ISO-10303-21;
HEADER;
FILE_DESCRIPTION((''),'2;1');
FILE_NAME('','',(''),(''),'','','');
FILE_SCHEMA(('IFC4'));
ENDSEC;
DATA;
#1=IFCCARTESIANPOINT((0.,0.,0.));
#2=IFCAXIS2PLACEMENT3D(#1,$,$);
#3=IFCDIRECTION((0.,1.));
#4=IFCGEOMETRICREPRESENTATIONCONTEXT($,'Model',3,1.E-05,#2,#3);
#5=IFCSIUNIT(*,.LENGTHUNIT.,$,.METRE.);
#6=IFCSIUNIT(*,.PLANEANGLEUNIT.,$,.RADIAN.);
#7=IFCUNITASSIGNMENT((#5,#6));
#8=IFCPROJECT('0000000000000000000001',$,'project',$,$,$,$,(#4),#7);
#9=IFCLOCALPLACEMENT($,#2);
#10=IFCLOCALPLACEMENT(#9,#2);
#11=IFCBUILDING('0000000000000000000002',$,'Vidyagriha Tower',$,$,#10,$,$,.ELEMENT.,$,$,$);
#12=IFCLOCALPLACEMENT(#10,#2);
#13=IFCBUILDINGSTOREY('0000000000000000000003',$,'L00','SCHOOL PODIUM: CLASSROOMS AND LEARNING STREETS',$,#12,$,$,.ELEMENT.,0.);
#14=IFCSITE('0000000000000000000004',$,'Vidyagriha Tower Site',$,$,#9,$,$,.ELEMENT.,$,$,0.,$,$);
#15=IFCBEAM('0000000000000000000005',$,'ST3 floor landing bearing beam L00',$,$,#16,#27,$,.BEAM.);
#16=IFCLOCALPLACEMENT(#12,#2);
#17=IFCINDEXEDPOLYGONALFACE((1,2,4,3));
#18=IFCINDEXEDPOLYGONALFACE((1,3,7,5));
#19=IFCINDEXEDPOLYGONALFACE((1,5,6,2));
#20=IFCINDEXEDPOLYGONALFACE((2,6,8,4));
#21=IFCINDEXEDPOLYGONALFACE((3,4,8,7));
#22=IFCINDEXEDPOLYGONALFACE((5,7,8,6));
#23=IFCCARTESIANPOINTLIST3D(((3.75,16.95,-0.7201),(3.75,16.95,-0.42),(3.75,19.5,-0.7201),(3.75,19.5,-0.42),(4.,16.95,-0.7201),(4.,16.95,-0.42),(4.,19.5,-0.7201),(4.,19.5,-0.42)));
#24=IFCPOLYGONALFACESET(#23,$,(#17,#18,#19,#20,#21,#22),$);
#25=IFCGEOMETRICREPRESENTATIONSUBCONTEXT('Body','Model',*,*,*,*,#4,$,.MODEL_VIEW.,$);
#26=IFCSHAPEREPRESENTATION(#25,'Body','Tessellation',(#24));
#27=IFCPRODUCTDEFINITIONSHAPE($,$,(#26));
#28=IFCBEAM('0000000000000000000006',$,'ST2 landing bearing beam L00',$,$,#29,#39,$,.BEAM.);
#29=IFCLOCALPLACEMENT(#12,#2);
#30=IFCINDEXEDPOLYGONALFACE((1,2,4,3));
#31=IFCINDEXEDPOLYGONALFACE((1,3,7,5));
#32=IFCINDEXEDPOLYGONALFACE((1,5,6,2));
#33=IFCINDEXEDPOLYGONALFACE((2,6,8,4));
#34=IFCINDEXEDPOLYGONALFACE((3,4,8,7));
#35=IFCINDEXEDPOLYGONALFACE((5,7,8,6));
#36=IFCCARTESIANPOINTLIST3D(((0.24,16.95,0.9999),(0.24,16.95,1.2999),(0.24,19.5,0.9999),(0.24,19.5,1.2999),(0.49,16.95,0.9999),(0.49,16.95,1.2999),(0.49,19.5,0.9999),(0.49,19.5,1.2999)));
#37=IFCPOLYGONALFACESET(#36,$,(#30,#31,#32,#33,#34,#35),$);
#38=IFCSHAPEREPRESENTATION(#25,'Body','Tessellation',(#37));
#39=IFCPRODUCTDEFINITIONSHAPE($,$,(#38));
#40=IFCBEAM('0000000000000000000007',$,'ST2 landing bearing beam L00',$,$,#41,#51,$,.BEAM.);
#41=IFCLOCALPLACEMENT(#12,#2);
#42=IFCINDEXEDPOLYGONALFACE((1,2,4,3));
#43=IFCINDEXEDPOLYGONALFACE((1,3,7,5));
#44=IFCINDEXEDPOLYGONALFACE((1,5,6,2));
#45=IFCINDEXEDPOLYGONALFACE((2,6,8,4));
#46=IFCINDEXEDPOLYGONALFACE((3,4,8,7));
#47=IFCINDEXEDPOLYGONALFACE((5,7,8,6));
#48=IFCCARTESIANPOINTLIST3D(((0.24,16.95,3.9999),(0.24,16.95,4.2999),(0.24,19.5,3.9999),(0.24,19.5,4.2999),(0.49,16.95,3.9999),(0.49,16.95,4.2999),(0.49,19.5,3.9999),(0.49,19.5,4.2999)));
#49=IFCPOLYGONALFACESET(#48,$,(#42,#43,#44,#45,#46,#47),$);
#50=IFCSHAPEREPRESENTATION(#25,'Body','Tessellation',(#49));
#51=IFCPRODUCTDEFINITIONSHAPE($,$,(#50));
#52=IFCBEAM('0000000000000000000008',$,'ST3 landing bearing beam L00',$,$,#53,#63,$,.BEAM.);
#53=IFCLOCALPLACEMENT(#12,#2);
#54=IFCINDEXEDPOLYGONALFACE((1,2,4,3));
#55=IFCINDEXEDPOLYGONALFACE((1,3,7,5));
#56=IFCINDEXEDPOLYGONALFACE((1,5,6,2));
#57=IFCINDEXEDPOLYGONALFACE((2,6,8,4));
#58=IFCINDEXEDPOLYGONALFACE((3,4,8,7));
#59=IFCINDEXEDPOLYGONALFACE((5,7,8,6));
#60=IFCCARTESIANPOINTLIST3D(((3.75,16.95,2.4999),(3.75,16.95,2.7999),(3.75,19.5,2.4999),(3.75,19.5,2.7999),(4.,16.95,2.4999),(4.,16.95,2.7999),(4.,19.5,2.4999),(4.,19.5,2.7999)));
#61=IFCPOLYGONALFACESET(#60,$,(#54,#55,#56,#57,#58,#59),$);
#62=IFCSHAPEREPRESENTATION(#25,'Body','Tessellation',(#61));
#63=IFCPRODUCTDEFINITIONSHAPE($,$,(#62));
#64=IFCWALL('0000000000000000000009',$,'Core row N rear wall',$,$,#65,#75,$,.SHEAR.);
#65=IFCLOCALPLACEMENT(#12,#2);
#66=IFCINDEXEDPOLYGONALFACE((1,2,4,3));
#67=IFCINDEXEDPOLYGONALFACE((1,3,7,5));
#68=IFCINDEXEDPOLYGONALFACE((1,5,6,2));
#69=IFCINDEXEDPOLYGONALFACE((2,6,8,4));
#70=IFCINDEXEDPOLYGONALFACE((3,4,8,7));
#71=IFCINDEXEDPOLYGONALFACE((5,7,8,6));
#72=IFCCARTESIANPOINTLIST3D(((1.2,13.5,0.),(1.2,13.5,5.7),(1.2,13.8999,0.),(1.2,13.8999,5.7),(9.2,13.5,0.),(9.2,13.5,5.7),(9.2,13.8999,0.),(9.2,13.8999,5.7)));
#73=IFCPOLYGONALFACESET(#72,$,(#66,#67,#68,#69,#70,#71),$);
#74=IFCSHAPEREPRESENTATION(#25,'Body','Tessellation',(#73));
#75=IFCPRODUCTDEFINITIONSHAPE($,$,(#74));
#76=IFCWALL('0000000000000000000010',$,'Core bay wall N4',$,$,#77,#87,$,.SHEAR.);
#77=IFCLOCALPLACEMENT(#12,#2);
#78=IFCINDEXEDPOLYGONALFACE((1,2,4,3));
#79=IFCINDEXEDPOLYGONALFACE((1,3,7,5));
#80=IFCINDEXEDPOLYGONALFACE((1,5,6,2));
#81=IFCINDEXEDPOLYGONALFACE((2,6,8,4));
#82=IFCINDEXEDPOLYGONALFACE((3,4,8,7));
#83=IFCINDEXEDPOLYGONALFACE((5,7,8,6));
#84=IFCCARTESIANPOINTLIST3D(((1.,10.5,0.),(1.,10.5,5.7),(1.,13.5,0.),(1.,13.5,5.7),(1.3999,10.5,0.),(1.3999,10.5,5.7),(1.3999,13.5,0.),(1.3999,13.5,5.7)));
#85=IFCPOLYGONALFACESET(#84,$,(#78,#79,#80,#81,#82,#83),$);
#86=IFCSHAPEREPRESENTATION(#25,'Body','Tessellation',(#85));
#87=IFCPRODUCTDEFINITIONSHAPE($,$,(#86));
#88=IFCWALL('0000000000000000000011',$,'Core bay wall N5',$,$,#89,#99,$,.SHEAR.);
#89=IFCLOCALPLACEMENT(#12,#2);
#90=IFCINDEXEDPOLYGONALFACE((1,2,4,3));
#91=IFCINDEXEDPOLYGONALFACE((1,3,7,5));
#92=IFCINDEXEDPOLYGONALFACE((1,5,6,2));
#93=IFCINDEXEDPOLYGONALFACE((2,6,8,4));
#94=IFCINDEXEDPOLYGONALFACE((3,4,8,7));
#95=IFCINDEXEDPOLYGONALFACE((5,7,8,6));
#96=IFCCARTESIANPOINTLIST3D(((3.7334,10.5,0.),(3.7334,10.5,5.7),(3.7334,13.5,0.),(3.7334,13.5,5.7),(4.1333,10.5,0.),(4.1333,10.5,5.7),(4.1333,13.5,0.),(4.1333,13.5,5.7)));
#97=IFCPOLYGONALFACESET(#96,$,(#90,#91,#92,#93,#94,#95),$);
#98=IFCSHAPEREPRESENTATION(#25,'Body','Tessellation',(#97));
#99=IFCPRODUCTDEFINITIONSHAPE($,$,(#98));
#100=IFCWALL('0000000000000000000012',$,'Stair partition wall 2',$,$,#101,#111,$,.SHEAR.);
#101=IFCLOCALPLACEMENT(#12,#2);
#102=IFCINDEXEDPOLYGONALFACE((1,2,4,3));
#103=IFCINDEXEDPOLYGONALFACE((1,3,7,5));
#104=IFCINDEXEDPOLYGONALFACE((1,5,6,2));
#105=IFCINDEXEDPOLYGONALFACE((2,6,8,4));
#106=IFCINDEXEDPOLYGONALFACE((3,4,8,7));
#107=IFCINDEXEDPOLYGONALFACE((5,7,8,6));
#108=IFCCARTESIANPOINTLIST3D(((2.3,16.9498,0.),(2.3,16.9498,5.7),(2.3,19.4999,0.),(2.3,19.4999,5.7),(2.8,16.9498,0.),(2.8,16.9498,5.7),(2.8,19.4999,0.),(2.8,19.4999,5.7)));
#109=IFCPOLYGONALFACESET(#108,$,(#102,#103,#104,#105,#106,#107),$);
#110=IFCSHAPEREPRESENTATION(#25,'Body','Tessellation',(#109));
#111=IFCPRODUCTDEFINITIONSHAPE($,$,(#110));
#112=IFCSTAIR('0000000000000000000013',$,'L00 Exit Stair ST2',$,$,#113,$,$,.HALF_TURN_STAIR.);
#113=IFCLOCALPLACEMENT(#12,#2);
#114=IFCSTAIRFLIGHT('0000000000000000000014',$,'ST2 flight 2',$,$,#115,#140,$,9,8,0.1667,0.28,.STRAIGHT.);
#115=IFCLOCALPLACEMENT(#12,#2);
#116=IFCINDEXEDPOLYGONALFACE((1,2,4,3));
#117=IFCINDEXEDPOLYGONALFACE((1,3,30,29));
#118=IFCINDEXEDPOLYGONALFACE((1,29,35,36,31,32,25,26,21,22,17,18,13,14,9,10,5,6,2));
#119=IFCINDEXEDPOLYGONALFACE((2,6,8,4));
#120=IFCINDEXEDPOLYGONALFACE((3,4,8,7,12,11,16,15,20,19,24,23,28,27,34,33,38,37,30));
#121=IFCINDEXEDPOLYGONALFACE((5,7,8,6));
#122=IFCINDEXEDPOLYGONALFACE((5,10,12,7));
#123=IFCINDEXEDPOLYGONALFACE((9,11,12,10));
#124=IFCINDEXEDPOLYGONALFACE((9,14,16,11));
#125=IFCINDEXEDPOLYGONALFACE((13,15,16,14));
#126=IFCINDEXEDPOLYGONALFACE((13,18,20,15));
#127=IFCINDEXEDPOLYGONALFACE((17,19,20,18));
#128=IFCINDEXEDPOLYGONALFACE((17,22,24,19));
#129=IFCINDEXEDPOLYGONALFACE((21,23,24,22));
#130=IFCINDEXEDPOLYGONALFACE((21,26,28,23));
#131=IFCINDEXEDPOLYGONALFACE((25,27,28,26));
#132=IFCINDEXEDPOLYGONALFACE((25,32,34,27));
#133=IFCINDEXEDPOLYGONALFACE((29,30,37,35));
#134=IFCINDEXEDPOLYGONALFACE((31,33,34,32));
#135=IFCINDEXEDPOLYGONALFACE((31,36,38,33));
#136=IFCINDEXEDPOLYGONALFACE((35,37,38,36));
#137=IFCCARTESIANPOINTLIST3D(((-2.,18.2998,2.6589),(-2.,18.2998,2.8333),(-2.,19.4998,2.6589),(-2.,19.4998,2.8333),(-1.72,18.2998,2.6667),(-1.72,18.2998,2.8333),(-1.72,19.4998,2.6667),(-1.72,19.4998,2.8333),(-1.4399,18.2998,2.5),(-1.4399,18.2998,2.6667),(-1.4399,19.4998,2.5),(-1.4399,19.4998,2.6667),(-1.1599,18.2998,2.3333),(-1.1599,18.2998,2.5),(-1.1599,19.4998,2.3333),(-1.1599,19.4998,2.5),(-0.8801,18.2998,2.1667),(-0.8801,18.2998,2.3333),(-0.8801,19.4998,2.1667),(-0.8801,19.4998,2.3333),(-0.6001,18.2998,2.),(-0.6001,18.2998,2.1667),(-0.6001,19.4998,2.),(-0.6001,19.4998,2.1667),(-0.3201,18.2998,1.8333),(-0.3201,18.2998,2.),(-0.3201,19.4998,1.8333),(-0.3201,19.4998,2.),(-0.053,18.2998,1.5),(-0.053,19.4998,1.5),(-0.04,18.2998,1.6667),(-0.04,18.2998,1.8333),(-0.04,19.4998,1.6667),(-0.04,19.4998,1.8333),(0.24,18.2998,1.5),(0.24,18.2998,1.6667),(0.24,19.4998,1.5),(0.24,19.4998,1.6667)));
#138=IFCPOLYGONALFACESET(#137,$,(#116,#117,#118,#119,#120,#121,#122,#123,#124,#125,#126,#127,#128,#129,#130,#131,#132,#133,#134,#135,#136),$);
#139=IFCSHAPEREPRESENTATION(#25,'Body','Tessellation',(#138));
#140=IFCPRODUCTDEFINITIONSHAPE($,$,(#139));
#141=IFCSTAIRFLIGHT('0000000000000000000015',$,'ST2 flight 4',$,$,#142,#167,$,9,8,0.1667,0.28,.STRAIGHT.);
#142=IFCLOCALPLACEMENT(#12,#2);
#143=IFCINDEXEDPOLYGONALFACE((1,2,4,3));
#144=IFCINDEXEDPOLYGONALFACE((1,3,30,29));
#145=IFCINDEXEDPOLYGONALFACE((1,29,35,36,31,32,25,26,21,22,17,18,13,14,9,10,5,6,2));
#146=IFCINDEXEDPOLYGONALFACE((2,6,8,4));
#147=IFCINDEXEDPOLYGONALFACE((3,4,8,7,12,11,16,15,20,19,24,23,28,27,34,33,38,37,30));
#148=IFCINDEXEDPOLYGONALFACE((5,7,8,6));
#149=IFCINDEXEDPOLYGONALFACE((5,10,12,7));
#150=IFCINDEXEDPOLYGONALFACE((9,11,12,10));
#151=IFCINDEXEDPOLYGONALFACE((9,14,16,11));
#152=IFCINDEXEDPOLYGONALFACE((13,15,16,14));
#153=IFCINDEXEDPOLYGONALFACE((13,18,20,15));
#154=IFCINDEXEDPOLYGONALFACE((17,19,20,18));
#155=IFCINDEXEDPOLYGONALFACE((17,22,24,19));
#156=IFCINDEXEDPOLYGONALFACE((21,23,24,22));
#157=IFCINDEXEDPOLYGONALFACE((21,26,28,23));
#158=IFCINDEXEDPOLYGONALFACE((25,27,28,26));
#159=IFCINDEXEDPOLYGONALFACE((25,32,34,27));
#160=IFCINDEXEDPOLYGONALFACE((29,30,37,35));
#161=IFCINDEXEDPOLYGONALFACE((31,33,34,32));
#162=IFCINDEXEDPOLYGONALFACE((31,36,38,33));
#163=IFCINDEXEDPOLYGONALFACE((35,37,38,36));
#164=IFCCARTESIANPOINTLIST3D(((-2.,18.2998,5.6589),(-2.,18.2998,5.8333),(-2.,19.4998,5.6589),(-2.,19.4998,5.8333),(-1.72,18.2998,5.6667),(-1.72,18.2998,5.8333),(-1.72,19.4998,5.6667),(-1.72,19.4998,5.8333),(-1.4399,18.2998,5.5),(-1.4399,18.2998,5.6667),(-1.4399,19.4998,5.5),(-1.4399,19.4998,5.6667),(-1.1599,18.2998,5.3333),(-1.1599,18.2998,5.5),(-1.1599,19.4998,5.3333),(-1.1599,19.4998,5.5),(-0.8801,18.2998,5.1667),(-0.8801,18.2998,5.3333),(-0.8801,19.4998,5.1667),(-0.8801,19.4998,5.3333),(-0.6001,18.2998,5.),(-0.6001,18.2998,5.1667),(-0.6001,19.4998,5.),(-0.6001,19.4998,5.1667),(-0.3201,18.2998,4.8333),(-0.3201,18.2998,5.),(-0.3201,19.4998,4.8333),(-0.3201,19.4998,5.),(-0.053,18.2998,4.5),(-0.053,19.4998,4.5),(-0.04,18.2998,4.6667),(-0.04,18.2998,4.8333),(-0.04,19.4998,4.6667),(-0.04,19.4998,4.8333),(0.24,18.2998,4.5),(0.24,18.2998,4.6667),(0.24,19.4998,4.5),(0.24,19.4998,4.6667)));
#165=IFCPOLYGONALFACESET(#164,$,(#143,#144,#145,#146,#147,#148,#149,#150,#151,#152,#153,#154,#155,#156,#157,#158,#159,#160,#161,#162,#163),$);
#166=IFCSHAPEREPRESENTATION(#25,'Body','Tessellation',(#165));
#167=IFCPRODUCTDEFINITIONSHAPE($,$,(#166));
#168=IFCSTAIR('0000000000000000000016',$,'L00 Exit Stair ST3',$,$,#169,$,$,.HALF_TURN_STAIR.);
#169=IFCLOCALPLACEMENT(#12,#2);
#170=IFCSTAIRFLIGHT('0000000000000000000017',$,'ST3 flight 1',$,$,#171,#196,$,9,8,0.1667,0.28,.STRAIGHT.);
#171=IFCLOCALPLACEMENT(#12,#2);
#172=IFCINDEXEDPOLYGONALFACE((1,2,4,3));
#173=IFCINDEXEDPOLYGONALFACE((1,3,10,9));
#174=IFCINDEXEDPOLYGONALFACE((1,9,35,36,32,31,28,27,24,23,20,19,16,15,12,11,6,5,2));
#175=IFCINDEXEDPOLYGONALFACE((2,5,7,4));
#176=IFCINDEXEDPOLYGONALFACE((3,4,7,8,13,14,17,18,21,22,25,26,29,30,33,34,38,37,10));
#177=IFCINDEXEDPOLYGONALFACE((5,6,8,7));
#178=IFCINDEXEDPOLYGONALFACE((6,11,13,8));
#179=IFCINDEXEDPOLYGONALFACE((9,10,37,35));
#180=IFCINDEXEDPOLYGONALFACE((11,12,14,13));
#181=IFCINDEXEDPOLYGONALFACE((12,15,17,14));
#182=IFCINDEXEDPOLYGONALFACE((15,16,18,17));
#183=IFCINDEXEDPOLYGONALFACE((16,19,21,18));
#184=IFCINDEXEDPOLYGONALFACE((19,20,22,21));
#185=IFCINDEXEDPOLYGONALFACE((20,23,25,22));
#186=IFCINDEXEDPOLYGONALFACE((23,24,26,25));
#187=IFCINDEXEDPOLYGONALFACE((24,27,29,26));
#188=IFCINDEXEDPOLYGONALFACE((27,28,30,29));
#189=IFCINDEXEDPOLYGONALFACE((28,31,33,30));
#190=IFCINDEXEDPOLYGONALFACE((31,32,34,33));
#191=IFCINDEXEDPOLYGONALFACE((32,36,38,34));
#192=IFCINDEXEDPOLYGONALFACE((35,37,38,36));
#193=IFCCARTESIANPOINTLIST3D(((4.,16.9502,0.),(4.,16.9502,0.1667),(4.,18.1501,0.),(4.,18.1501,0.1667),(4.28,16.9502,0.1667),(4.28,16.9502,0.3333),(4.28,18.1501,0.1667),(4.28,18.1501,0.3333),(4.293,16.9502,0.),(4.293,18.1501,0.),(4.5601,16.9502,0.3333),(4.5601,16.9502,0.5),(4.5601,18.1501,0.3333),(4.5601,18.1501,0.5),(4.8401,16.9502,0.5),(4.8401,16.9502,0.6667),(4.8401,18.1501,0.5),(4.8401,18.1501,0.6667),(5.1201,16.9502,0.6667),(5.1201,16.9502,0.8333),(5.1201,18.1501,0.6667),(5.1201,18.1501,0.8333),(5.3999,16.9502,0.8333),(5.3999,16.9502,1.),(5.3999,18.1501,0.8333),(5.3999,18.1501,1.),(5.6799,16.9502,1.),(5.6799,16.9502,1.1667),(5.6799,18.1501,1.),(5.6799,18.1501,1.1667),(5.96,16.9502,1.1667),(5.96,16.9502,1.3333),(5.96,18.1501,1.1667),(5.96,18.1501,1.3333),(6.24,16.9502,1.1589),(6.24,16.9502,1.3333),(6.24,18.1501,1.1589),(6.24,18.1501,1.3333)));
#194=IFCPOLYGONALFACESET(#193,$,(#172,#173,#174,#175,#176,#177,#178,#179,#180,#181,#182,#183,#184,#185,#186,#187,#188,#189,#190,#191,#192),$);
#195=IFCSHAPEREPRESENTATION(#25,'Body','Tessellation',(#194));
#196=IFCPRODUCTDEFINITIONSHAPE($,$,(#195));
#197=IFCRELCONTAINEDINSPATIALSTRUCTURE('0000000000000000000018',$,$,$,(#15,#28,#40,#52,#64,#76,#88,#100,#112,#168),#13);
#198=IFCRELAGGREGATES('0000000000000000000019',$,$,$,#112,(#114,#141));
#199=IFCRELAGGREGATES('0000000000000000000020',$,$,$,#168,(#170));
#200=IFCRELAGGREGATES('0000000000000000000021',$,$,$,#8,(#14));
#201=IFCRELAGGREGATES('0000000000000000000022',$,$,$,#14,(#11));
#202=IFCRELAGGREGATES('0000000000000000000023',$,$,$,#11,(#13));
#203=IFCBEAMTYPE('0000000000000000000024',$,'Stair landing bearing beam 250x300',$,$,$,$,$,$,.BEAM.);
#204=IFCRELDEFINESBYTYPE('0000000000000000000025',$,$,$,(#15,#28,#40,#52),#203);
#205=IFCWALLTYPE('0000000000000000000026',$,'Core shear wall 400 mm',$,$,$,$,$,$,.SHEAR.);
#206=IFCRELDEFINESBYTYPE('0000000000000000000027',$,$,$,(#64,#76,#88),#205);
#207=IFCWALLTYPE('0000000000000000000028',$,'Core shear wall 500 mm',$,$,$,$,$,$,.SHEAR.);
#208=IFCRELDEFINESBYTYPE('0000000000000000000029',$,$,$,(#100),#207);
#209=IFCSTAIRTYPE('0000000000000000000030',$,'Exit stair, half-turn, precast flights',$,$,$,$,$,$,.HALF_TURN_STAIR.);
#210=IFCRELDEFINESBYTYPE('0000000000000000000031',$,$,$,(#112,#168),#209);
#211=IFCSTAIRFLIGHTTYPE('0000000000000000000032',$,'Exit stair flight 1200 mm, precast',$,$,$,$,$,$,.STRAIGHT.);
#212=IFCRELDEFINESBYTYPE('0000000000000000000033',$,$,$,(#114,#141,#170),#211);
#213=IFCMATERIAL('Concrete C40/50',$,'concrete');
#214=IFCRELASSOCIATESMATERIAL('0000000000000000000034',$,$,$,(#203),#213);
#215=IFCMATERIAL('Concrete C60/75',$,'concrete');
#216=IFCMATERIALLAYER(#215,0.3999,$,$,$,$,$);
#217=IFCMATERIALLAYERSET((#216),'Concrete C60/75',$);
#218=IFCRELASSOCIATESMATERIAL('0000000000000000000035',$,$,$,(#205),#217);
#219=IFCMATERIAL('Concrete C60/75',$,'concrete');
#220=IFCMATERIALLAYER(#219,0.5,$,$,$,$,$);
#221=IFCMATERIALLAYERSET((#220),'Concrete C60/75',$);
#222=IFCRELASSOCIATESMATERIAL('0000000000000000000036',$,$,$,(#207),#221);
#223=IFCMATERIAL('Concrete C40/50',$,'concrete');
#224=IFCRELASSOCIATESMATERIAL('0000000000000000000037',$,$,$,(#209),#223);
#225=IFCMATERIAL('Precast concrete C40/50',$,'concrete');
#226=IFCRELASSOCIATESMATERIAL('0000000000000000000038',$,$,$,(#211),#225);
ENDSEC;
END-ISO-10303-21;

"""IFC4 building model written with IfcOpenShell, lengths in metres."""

from ifc_helpers import new_model, si_unit, direction, frame, frame_2d, origin, origin_2d, place, context, subcontext, project, spatial, polyline, rectangle, outline, extrude, material, layer, layer_set, material_profile, profile_set, type_object, element, aggregate, save


model = new_model("IFC4")

# Units and contexts
model_context = context("Model", 3, precision=1e-05, world=origin(), true_north=direction((0.0, 1.0)))
body_context = subcontext(model_context, "Body", "Model", "MODEL_VIEW")
ifc_project = project(units=[si_unit("LENGTHUNIT", "METRE"), si_unit("PLANEANGLEUNIT", "RADIAN")], contexts=[model_context])

# Site, building, storey
site_placement = place(None, origin())
site = spatial("IfcSite", under=ifc_project, at=site_placement, Name="Vidyagriha Tower Site", CompositionType="ELEMENT", RefElevation=0.0)
building_placement = place(site_placement, origin())
building = spatial("IfcBuilding", under=site, at=building_placement, Name="Vidyagriha Tower", CompositionType="ELEMENT")
storey_placement = place(building_placement, origin())
storey = spatial("IfcBuildingStorey", under=building, at=storey_placement, Name="L00", Description="SCHOOL PODIUM: CLASSROOMS AND LEARNING STREETS", CompositionType="ELEMENT", Elevation=0.0)

# Beams
ifc_material_1 = material(Name="Concrete C40/50", Category="concrete")
ifc_material_profile = material_profile(ifc_material_1, rectangle(XDim=0.25, YDim=0.3, at=origin_2d()), Name="Stair landing bearing beam 250x300")
ifc_profile_set = profile_set([ifc_material_profile], Name="Concrete C40/50")
beam_type = type_object("IfcBeamType", Name="Stair landing bearing beam 250x300", PredefinedType="BEAM", material=ifc_profile_set)
for number, where, z_axis, x_axis, name in (
    (1, (3.875, 16.95, -0.5701), (0.0, 1.0, 0.0), (-1.0, 0.0, 0.0), "ST3 floor landing bearing beam L00"),
    (2, (0.365, 16.95, 1.1499), (0.0, 1.0, 0.0), (-1.0, 0.0, 0.0), "ST2 landing bearing beam L00"),
    (3, (0.365, 16.95, 4.1499), (0.0, 1.0, 0.0), (-1.0, 0.0, 0.0), "ST2 landing bearing beam L00"),
    (4, (3.875, 16.95, 2.6499), (0.0, 1.0, 0.0), (-1.0, 0.0, 0.0), "ST3 landing bearing beam L00"),
):
    element("IfcBeam", number, at=place(storey_placement, frame(where, z_axis=z_axis, x_axis=x_axis)), inside=storey, type_object=beam_type, Name=name, PredefinedType="BEAM", context=body_context, shape_type="SweptSolid", body=[
        extrude(rectangle(XDim=0.25, YDim=0.3, at=origin_2d()), origin(), (0.0, 0.0, 1.0), 2.55),
    ])

# Walls
ifc_material_2 = material(Name="Concrete C60/75", Category="concrete")
ifc_layer_1 = layer(ifc_material_2, 0.3999)
ifc_layer_set_1 = layer_set([ifc_layer_1], Name="Concrete C60/75")
wall_type_1 = type_object("IfcWallType", Name="Core shear wall 400 mm", PredefinedType="SHEAR", material=ifc_layer_set_1)
wall_1_placement = place(storey_placement, frame((1.2, 13.7, 0.0)))
element("IfcWall", 5, at=wall_1_placement, inside=storey, type_object=wall_type_1, Name="Core row N rear wall", PredefinedType="SHEAR", context=body_context, shape_type="SweptSolid", body=[
    extrude(rectangle(XDim=8.0, YDim=0.3999, at=frame_2d((4.0, 0.0))), origin(), (0.0, 0.0, 1.0), 5.7),
])
for number, where, z_axis, x_axis, name in (
    (6, (1.2, 10.5, 0.0), (0.0, 0.0, 1.0), (0.0, 1.0, 0.0), "Core bay wall N4"),
    (7, (3.9333, 10.5, 0.0), (0.0, 0.0, 1.0), (0.0, 1.0, 0.0), "Core bay wall N5"),
):
    element("IfcWall", number, at=place(storey_placement, frame(where, z_axis=z_axis, x_axis=x_axis)), inside=storey, type_object=wall_type_1, Name=name, PredefinedType="SHEAR", context=body_context, shape_type="SweptSolid", body=[
        extrude(rectangle(XDim=3.0, YDim=0.3999, at=frame_2d((1.5, 0.0))), origin(), (0.0, 0.0, 1.0), 5.7),
    ])
ifc_material_3 = material(Name="Concrete C60/75", Category="concrete")
ifc_layer_2 = layer(ifc_material_3, 0.5)
ifc_layer_set_2 = layer_set([ifc_layer_2], Name="Concrete C60/75")
wall_type_2 = type_object("IfcWallType", Name="Core shear wall 500 mm", PredefinedType="SHEAR", material=ifc_layer_set_2)
wall_2_placement = place(storey_placement, frame((2.55, 16.95, 0.0), z_axis=(0.0, 0.0, 1.0), x_axis=(0.0, 1.0, 0.0)))
element("IfcWall", 8, at=wall_2_placement, inside=storey, type_object=wall_type_2, Name="Stair partition wall 2", PredefinedType="SHEAR", context=body_context, shape_type="SweptSolid", body=[
    extrude(rectangle(XDim=2.55, YDim=0.5, at=frame_2d((1.2749, 0.0))), origin(), (0.0, 0.0, 1.0), 5.7),
])

# Stairs, stair flights
ifc_material_4 = material(Name="Concrete C40/50", Category="concrete")
stair_type = type_object("IfcStairType", Name="Exit stair, half-turn, precast flights", PredefinedType="HALF_TURN_STAIR", material=ifc_material_4)
stair_1_placement = place(storey_placement, origin())
stair_1 = element("IfcStair", 9, at=stair_1_placement, inside=storey, type_object=stair_type, Name="L00 Exit Stair ST2", PredefinedType="HALF_TURN_STAIR")
ifc_material_5 = material(Name="Precast concrete C40/50", Category="concrete")
stair_flight_type = type_object("IfcStairFlightType", Name="Exit stair flight 1200 mm, precast", PredefinedType="STRAIGHT", material=ifc_material_5)
stair_flight_1_placement = place(storey_placement, frame((0.24, 18.8999, 1.5), z_axis=(0.0, 0.0, 1.0), x_axis=(-1.0, 0.0, 0.0)))
stair_flight_1 = element("IfcStairFlight", 10, at=stair_flight_1_placement, type_object=stair_flight_type, Name="ST2 flight 2", NumberOfRisers=9, NumberOfTreads=8, PredefinedType="STRAIGHT", RiserHeight=0.1667, TreadLength=0.28, context=body_context, shape_type="SweptSolid", body=[
    extrude(outline(polyline([(0.0, 0.0), (0.0, 0.1667), (0.28, 0.1667), (0.28, 0.3333), (0.5601, 0.3333), (0.5601, 0.5), (0.8401, 0.5), (0.8401, 0.6667), (1.1201, 0.6667), (1.1201, 0.8333), (1.3999, 0.8333), (1.3999, 1.0), (1.6799, 1.0), (1.6799, 1.1667), (1.96, 1.1667), (1.96, 1.3333), (2.24, 1.3333), (2.24, 1.5), (2.24, 1.1589), (0.293, 0.0), (0.0, 0.0)])), frame((0.0, 0.6001, 0.0), z_axis=(0.0, -1.0, 0.0), x_axis=(1.0, 0.0, 0.0)), (0.0, 0.0, 1.0), 1.2),
])
stair_flight_2_placement = place(storey_placement, frame((0.24, 18.8999, 4.5), z_axis=(0.0, 0.0, 1.0), x_axis=(-1.0, 0.0, 0.0)))
stair_flight_2 = element("IfcStairFlight", 11, at=stair_flight_2_placement, type_object=stair_flight_type, Name="ST2 flight 4", NumberOfRisers=9, NumberOfTreads=8, PredefinedType="STRAIGHT", RiserHeight=0.1667, TreadLength=0.28, context=body_context, shape_type="SweptSolid", body=[
    extrude(outline(polyline([(0.0, 0.0), (0.0, 0.1667), (0.28, 0.1667), (0.28, 0.3333), (0.5601, 0.3333), (0.5601, 0.5), (0.8401, 0.5), (0.8401, 0.6667), (1.1201, 0.6667), (1.1201, 0.8333), (1.3999, 0.8333), (1.3999, 1.0), (1.6799, 1.0), (1.6799, 1.1667), (1.96, 1.1667), (1.96, 1.3333), (2.24, 1.3333), (2.24, 1.5), (2.24, 1.1589), (0.293, 0.0), (0.0, 0.0)])), frame((0.0, 0.6001, 0.0), z_axis=(0.0, -1.0, 0.0), x_axis=(1.0, 0.0, 0.0)), (0.0, 0.0, 1.0), 1.2),
])
aggregate(stair_1, [stair_flight_1, stair_flight_2])
stair_2_placement = place(storey_placement, origin())
stair_2 = element("IfcStair", 12, at=stair_2_placement, inside=storey, type_object=stair_type, Name="L00 Exit Stair ST3", PredefinedType="HALF_TURN_STAIR")
stair_flight_3_placement = place(storey_placement, frame((4.0, 17.55, 0.0)))
stair_flight_3 = element("IfcStairFlight", 13, at=stair_flight_3_placement, type_object=stair_flight_type, Name="ST3 flight 1", NumberOfRisers=9, NumberOfTreads=8, PredefinedType="STRAIGHT", RiserHeight=0.1667, TreadLength=0.28, context=body_context, shape_type="SweptSolid", body=[
    extrude(outline(polyline([(0.0, 0.0), (0.0, 0.1667), (0.28, 0.1667), (0.28, 0.3333), (0.5601, 0.3333), (0.5601, 0.5), (0.8401, 0.5), (0.8401, 0.6667), (1.1201, 0.6667), (1.1201, 0.8333), (1.3999, 0.8333), (1.3999, 1.0), (1.6799, 1.0), (1.6799, 1.1667), (1.96, 1.1667), (1.96, 1.3333), (2.24, 1.3333), (2.24, 1.5), (2.24, 1.1589), (0.293, 0.0), (0.0, 0.0)])), frame((0.0, 0.6001, 0.0), z_axis=(0.0, -1.0, 0.0), x_axis=(1.0, 0.0, 0.0)), (0.0, 0.0, 1.0), 1.2),
])
aggregate(stair_2, [stair_flight_3])

save(model, "model.ifc")
